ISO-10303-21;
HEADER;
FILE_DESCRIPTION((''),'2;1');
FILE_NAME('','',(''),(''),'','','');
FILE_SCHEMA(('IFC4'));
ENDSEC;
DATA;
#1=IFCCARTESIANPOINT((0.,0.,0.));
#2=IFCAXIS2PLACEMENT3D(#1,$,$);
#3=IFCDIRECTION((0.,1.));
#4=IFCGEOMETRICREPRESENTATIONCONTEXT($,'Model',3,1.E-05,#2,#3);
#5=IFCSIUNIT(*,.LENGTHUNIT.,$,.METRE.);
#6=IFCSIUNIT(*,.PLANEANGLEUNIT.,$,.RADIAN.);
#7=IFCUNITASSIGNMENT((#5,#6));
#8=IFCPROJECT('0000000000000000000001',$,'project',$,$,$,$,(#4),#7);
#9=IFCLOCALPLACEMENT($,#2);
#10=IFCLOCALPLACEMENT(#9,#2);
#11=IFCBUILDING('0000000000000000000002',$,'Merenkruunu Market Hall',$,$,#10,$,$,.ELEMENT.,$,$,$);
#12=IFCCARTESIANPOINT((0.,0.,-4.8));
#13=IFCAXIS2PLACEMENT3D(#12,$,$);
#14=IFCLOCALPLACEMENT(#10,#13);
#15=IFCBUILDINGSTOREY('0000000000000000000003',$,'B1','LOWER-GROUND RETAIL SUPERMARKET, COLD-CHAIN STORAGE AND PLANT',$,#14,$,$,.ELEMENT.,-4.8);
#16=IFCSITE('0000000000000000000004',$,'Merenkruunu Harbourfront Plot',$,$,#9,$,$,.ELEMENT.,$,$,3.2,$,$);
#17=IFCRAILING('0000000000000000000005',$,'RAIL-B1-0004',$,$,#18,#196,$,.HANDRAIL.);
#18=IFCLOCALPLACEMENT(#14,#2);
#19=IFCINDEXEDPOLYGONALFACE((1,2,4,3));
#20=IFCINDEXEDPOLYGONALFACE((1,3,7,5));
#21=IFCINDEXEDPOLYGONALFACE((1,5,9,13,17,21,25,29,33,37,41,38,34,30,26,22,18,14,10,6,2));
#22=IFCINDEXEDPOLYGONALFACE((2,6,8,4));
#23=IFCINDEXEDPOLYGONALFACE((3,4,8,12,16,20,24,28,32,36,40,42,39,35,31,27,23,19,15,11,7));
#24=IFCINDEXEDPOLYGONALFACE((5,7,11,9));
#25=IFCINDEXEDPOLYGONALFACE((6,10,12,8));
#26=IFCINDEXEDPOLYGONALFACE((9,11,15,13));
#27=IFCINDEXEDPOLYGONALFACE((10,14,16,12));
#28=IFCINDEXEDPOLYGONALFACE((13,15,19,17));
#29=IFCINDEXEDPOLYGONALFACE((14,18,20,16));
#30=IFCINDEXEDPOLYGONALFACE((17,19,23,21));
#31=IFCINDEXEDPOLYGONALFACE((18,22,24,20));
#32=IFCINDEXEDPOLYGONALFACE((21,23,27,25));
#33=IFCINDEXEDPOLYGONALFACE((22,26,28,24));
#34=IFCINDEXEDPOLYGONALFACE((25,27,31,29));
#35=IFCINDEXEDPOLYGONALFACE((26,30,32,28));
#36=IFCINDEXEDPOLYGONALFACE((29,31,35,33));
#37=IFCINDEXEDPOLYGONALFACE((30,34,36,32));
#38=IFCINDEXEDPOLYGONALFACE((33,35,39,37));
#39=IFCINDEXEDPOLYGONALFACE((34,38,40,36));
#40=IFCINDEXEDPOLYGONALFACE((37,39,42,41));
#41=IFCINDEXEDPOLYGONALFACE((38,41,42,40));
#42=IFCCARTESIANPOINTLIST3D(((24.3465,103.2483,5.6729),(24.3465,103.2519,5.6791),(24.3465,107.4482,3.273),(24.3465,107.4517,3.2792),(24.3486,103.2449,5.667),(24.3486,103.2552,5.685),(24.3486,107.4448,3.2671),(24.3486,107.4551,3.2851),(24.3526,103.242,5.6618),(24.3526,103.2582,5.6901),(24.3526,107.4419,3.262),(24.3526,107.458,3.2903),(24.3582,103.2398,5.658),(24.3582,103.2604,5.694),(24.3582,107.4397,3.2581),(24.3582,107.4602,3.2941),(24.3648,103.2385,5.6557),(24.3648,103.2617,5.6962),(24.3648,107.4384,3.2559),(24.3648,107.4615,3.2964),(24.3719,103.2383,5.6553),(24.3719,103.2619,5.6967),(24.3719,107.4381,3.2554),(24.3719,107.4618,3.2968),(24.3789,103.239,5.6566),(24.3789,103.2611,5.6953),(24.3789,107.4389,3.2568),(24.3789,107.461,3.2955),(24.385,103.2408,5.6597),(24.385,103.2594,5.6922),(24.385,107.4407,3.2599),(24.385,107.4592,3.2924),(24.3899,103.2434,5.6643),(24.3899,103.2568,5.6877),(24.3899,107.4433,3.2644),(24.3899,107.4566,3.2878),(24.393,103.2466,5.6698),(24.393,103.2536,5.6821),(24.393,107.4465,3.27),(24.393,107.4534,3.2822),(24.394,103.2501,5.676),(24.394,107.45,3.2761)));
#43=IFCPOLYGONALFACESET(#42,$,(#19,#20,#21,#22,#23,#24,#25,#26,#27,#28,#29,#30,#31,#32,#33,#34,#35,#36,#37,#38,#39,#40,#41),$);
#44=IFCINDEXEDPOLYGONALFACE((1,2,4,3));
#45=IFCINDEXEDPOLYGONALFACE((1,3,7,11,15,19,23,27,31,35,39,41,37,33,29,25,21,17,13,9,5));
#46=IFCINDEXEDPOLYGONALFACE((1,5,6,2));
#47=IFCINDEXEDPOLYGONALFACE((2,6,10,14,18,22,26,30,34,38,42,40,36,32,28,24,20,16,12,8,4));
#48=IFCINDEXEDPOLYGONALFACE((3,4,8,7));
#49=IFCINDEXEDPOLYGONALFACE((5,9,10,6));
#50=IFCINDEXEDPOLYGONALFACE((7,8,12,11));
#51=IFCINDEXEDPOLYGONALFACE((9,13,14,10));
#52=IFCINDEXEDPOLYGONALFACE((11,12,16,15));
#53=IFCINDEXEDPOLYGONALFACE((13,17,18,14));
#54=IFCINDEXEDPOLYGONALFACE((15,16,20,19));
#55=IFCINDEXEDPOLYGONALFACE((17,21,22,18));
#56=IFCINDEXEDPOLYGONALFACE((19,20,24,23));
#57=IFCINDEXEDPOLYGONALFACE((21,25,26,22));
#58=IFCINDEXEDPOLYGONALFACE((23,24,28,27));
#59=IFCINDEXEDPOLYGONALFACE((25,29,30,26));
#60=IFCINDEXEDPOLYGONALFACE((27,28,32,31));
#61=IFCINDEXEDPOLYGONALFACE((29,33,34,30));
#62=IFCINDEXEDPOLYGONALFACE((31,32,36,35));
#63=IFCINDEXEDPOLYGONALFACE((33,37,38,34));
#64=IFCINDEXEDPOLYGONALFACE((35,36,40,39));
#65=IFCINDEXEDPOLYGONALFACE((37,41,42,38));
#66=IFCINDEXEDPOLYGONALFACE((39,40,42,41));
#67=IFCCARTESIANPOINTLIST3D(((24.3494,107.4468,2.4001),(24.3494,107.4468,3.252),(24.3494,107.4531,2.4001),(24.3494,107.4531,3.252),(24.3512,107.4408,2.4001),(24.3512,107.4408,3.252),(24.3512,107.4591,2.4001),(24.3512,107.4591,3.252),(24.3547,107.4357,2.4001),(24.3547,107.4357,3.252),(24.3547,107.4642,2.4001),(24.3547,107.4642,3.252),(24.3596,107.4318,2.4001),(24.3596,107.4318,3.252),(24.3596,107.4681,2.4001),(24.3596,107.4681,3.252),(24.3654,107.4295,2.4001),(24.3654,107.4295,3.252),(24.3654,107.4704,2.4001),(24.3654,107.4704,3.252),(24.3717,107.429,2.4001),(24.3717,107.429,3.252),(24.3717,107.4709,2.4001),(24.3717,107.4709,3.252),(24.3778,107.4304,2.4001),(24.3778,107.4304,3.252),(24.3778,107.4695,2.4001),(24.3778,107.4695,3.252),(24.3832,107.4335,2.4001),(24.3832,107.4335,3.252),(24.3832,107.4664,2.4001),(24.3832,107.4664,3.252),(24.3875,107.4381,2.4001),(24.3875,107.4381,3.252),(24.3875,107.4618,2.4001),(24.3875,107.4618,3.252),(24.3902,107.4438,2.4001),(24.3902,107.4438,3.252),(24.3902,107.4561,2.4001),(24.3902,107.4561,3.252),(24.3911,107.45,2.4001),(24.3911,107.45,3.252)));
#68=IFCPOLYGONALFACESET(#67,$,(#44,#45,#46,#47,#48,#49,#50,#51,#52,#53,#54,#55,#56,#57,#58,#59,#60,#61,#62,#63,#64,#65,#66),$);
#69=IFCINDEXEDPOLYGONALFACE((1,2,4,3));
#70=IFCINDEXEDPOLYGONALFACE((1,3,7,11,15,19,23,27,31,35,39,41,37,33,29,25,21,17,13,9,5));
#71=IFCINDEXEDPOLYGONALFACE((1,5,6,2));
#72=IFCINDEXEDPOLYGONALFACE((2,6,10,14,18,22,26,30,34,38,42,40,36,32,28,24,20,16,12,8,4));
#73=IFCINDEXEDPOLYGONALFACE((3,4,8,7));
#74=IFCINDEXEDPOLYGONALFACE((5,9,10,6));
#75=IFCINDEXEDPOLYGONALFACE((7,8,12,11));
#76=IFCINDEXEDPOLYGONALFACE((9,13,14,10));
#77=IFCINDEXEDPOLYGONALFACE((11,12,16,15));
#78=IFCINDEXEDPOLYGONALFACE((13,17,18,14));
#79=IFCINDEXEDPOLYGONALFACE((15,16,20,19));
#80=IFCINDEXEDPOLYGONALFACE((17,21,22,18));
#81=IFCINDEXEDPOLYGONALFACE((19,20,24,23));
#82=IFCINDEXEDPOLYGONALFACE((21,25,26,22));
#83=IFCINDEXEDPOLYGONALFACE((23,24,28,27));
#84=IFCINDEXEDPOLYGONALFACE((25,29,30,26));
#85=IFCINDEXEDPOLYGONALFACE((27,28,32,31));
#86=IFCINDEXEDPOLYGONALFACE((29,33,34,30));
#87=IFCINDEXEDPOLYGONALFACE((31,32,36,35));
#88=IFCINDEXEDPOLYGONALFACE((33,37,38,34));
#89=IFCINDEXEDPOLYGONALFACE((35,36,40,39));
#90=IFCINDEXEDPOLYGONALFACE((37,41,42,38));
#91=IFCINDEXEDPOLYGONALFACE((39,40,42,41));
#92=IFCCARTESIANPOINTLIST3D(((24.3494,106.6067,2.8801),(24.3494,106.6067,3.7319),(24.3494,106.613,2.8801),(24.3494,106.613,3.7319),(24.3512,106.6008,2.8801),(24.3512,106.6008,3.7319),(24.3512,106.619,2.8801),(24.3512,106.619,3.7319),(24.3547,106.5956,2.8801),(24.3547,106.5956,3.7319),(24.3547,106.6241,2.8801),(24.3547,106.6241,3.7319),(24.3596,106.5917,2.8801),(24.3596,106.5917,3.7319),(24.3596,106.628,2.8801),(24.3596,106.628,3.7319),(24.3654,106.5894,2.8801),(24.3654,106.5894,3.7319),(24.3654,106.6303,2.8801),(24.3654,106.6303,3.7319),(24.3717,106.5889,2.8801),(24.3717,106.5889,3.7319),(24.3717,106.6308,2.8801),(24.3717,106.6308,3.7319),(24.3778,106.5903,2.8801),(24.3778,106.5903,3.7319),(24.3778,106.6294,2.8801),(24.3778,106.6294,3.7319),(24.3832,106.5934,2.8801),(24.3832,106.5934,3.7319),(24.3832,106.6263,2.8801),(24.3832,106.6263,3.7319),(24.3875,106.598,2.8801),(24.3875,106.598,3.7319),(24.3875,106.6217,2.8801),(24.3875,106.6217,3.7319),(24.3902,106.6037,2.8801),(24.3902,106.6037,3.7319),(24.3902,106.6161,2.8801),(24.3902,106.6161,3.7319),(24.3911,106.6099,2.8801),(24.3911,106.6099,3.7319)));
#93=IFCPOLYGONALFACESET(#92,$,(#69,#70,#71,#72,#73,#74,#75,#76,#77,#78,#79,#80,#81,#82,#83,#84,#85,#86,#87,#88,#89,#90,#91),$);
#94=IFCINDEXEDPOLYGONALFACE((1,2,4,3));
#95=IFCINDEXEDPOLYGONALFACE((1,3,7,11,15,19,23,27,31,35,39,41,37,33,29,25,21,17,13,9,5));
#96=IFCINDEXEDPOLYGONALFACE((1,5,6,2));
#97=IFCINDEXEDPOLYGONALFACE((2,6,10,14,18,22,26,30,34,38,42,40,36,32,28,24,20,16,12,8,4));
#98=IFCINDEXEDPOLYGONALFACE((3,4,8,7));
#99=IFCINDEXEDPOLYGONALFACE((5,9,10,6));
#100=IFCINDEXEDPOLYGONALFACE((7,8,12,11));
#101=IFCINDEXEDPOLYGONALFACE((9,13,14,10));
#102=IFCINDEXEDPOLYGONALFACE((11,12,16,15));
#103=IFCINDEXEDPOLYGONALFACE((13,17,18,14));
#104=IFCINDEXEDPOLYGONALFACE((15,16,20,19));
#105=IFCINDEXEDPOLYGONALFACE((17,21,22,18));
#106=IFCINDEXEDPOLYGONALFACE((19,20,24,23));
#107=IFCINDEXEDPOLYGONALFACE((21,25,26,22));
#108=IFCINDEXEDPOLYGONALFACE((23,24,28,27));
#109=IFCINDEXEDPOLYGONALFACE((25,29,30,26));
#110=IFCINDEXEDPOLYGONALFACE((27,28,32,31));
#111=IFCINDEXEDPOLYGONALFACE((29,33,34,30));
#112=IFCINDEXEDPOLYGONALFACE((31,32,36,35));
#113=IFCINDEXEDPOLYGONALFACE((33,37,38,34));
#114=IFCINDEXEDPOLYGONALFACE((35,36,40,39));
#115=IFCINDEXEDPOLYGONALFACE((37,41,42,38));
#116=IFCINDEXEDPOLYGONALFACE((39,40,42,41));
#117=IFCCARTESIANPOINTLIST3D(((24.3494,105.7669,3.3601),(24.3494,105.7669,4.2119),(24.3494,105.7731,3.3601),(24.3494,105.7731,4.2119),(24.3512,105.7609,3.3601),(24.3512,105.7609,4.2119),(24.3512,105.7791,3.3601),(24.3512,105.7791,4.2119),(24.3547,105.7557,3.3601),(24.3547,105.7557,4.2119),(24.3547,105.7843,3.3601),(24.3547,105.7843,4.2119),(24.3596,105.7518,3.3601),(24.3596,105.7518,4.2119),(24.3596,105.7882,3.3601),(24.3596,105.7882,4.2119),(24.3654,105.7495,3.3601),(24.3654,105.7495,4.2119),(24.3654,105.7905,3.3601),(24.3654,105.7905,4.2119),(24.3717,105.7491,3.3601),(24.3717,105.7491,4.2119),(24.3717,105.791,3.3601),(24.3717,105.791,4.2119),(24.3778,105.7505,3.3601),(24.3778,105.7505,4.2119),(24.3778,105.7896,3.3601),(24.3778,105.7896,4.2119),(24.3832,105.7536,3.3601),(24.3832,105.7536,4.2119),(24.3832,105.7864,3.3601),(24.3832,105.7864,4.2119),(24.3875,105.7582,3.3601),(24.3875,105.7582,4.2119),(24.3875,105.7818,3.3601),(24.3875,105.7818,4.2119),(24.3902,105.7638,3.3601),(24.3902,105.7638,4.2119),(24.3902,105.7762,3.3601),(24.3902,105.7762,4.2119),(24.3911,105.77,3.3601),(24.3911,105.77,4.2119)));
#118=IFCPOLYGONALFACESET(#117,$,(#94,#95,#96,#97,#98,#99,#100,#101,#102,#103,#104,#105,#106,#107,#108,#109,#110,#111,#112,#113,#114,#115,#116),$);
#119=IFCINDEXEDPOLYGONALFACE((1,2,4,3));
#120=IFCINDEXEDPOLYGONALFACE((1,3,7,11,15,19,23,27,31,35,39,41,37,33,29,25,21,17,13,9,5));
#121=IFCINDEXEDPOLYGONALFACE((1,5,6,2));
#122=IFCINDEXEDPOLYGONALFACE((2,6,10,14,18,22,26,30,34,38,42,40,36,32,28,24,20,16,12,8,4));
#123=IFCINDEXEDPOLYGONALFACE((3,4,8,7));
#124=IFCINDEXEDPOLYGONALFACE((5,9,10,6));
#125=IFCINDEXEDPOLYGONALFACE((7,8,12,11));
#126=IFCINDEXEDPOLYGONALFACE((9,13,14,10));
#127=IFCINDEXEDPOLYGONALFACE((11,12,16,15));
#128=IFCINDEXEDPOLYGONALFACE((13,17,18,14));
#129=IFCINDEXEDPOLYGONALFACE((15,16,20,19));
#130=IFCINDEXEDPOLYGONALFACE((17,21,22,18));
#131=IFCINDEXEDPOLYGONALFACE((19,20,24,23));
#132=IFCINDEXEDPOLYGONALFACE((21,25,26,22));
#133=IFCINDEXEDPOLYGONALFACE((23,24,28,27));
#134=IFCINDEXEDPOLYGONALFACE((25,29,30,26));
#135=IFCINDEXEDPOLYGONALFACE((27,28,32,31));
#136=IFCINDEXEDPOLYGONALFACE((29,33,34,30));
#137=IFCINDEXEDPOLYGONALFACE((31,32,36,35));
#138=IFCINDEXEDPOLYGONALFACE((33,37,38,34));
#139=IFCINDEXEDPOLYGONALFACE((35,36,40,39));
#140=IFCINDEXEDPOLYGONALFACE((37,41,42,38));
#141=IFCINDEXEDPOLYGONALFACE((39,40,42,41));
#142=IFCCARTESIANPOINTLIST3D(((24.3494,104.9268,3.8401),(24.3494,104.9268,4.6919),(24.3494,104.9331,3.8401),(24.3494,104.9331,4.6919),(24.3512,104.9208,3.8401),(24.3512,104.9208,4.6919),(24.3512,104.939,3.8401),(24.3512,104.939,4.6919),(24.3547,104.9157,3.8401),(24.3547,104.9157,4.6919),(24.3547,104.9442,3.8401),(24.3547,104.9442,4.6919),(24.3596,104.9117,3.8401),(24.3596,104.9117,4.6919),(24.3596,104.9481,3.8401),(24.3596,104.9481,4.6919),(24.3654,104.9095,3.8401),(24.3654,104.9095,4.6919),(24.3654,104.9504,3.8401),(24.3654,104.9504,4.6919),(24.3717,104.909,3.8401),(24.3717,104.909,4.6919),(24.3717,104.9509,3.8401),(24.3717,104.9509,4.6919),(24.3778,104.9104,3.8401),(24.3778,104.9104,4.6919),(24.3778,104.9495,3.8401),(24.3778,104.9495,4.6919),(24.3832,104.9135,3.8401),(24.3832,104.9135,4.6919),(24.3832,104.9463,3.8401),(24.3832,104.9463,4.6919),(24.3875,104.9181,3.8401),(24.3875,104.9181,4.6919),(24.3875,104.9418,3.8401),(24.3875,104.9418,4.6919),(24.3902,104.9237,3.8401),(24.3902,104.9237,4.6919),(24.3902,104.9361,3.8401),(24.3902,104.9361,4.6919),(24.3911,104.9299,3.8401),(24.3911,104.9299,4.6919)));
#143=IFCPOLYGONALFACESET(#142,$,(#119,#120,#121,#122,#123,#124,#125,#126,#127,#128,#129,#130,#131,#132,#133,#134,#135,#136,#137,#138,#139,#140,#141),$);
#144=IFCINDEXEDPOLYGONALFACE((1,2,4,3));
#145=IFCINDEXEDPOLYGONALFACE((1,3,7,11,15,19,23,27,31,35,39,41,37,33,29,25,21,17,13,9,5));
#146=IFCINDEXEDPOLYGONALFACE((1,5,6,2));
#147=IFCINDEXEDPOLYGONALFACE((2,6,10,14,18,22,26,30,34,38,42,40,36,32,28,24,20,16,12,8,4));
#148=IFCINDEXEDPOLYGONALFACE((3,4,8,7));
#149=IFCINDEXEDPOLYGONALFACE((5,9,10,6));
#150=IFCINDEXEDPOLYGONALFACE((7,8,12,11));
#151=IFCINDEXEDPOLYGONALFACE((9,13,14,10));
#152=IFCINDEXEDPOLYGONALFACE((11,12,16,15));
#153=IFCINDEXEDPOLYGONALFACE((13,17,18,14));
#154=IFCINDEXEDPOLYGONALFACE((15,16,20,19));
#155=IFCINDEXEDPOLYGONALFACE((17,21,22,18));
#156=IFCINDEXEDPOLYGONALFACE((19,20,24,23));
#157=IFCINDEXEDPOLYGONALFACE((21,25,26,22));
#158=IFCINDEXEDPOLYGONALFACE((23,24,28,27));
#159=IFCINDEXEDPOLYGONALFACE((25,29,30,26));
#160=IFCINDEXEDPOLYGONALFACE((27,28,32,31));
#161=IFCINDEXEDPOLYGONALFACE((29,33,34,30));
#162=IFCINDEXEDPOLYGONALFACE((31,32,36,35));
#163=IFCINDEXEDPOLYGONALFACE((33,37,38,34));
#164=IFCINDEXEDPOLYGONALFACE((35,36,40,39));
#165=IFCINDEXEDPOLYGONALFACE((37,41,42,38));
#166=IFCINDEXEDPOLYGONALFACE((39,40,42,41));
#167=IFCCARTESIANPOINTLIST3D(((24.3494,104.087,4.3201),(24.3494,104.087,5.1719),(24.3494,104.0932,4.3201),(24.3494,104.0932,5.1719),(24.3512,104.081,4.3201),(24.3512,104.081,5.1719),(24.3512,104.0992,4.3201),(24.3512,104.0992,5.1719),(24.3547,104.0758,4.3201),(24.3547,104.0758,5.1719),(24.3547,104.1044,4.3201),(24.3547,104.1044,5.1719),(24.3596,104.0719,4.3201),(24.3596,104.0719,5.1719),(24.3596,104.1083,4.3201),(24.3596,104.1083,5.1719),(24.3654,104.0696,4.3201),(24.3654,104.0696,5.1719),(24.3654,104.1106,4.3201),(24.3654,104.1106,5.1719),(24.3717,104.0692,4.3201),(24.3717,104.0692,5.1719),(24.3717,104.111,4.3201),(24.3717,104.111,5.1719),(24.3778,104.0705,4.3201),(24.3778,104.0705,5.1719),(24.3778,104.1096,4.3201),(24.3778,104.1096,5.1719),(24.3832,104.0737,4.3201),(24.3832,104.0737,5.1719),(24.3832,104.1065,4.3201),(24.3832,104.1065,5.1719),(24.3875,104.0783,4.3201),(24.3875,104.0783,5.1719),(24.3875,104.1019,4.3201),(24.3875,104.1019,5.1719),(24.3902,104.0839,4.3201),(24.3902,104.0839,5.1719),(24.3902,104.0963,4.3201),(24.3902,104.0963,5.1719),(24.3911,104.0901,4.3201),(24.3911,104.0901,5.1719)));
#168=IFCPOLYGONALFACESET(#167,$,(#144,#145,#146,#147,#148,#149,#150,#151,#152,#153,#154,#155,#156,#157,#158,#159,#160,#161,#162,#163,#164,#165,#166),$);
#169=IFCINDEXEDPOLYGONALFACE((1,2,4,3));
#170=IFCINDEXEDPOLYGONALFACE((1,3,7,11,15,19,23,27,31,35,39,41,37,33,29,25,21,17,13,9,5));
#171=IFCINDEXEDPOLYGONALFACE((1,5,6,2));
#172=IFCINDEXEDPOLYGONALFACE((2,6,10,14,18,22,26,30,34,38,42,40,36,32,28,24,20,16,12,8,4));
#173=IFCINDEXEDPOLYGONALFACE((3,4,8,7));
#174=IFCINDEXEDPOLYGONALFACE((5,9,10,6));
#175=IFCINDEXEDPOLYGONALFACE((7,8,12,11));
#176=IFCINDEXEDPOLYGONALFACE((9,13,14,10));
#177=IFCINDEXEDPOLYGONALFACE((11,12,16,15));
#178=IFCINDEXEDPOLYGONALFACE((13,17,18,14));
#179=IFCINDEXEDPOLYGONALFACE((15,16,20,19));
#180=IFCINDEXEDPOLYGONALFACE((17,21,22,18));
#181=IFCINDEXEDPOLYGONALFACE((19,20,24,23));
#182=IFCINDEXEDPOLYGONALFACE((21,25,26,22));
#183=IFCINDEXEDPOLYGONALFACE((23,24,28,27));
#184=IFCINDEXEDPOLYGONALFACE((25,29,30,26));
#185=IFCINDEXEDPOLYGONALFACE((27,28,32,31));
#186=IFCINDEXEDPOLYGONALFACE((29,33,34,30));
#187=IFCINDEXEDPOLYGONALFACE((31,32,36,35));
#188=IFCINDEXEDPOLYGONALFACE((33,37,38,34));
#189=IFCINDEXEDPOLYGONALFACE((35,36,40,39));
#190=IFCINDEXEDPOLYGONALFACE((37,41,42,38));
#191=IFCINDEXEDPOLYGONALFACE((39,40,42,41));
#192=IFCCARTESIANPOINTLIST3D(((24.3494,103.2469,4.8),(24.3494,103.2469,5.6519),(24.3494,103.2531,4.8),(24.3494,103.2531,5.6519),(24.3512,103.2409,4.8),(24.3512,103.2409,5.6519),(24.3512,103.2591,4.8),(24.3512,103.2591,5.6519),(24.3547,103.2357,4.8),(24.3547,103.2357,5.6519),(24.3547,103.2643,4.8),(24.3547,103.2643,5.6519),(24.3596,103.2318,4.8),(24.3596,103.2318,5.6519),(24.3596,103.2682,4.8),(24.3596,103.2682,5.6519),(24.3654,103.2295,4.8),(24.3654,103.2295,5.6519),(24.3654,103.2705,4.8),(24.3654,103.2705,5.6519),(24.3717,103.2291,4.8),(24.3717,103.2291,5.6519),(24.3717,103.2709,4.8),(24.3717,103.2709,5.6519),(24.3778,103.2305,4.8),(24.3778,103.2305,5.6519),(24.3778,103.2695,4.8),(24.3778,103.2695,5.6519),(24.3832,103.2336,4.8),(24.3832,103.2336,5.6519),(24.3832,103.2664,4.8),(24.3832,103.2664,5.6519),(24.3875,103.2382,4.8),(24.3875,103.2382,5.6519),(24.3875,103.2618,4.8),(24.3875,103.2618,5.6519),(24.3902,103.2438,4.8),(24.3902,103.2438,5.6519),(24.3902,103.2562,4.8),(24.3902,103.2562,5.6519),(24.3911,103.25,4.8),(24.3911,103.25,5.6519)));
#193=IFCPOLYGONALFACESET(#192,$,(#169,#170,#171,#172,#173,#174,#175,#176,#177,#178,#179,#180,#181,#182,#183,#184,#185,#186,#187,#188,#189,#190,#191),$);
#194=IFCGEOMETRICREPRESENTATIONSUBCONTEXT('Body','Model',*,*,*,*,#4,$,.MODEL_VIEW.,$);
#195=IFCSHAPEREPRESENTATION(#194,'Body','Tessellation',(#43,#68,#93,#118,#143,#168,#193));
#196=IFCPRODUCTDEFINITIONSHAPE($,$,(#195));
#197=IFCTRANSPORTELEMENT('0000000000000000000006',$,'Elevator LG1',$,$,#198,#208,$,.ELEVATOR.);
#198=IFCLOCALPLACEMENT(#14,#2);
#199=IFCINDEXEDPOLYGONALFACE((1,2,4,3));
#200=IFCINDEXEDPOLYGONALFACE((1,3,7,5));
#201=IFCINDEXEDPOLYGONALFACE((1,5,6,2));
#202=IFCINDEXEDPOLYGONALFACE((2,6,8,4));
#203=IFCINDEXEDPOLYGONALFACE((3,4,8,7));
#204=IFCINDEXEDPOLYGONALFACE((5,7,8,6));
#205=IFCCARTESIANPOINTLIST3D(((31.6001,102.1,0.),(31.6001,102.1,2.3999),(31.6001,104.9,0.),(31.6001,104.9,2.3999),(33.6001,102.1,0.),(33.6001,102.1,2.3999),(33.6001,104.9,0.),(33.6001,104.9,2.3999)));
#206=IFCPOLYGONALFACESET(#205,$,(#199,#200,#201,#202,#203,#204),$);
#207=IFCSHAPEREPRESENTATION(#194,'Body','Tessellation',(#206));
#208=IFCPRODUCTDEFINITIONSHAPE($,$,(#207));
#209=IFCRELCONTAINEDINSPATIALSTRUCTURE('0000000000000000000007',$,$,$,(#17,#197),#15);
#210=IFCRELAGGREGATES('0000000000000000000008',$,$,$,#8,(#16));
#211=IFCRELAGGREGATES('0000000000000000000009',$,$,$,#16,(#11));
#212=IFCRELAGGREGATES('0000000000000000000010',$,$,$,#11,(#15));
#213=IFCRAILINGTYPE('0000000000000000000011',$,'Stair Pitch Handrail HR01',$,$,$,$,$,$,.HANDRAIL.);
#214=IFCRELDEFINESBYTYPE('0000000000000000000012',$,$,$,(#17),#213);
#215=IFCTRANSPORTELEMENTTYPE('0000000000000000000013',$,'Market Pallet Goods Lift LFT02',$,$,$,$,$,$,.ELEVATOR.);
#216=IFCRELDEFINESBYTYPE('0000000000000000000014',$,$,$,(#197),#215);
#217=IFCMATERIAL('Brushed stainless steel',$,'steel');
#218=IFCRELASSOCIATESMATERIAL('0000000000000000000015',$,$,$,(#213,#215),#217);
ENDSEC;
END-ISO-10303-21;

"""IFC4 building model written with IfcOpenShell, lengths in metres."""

from ifc_helpers import new_model, si_unit, direction, frame, origin, origin_2d, place, context, subcontext, project, spatial, rectangle, circle, extrude, material, type_object, element, save


model = new_model("IFC4")

# Units and contexts
model_context = context("Model", 3, precision=1e-05, world=origin(), true_north=direction((0.0, 1.0)))
body_context = subcontext(model_context, "Body", "Model", "MODEL_VIEW")
ifc_project = project(units=[si_unit("LENGTHUNIT", "METRE"), si_unit("PLANEANGLEUNIT", "RADIAN")], contexts=[model_context])

# Site, building, storey
site_placement = place(None, origin())
site = spatial("IfcSite", under=ifc_project, at=site_placement, Name="Merenkruunu Harbourfront Plot", CompositionType="ELEMENT", RefElevation=3.2)
building_placement = place(site_placement, origin())
building = spatial("IfcBuilding", under=site, at=building_placement, Name="Merenkruunu Market Hall", CompositionType="ELEMENT")
storey_placement = place(building_placement, frame((0.0, 0.0, -4.8)))
storey = spatial("IfcBuildingStorey", under=building, at=storey_placement, Name="B1", Description="LOWER-GROUND RETAIL SUPERMARKET, COLD-CHAIN STORAGE AND PLANT", CompositionType="ELEMENT", Elevation=-4.8)

# Shared definitions
ifc_material_1 = material(Name="Brushed stainless steel", Category="steel")

# Railing
railing_type_1 = type_object("IfcRailingType", Name="Stair Pitch Handrail HR01", PredefinedType="HANDRAIL", material=ifc_material_1)
railing_1_placement = place(storey_placement, frame((24.3701, 107.45, 2.4001)))
element("IfcRailing", 1, at=railing_1_placement, inside=storey, type_object=railing_type_1, Name="RAIL-B1-0004", PredefinedType="HANDRAIL", context=body_context, shape_type="SweptSolid", body=[
    extrude(circle(Radius=0.0239, at=origin_2d()), frame((0.0, 0.0, 0.876), z_axis=(0.0, -0.868249, 0.496128), x_axis=(1.0, 0.0, 0.0)), (0.0, 0.0, 1.0), 4.8372),
    extrude(circle(Radius=0.021, at=origin_2d()), origin(), (0.0, 0.0, 1.0), 0.8518),
    extrude(circle(Radius=0.021, at=origin_2d()), frame((0.0, -0.8401, 0.48)), (0.0, 0.0, 1.0), 0.8518),
    extrude(circle(Radius=0.021, at=origin_2d()), frame((0.0, -1.6799, 0.96)), (0.0, 0.0, 1.0), 0.8518),
    extrude(circle(Radius=0.021, at=origin_2d()), frame((0.0, -2.52, 1.4399)), (0.0, 0.0, 1.0), 0.8518),
    extrude(circle(Radius=0.021, at=origin_2d()), frame((0.0, -3.3599, 1.9199)), (0.0, 0.0, 1.0), 0.8518),
    extrude(circle(Radius=0.021, at=origin_2d()), frame((0.0, -4.2, 2.3999)), (0.0, 0.0, 1.0), 0.8518),
])

# Transport element
transport_element_type = type_object("IfcTransportElementType", Name="Market Pallet Goods Lift LFT02", PredefinedType="ELEVATOR", material=ifc_material_1)
transport_element_placement = place(storey_placement, frame((32.6001, 103.5, 0.0), z_axis=(0.0, 0.0, 1.0), x_axis=(1.0, 0.0, 0.0)))
element("IfcTransportElement", 2, at=transport_element_placement, inside=storey, type_object=transport_element_type, Name="Elevator LG1", PredefinedType="ELEVATOR", context=body_context, shape_type="SweptSolid", body=[
    extrude(rectangle(XDim=2.0, YDim=2.8, at=origin_2d()), origin(), (0.0, 0.0, 1.0), 2.3999),
])

save(model, "model.ifc")
